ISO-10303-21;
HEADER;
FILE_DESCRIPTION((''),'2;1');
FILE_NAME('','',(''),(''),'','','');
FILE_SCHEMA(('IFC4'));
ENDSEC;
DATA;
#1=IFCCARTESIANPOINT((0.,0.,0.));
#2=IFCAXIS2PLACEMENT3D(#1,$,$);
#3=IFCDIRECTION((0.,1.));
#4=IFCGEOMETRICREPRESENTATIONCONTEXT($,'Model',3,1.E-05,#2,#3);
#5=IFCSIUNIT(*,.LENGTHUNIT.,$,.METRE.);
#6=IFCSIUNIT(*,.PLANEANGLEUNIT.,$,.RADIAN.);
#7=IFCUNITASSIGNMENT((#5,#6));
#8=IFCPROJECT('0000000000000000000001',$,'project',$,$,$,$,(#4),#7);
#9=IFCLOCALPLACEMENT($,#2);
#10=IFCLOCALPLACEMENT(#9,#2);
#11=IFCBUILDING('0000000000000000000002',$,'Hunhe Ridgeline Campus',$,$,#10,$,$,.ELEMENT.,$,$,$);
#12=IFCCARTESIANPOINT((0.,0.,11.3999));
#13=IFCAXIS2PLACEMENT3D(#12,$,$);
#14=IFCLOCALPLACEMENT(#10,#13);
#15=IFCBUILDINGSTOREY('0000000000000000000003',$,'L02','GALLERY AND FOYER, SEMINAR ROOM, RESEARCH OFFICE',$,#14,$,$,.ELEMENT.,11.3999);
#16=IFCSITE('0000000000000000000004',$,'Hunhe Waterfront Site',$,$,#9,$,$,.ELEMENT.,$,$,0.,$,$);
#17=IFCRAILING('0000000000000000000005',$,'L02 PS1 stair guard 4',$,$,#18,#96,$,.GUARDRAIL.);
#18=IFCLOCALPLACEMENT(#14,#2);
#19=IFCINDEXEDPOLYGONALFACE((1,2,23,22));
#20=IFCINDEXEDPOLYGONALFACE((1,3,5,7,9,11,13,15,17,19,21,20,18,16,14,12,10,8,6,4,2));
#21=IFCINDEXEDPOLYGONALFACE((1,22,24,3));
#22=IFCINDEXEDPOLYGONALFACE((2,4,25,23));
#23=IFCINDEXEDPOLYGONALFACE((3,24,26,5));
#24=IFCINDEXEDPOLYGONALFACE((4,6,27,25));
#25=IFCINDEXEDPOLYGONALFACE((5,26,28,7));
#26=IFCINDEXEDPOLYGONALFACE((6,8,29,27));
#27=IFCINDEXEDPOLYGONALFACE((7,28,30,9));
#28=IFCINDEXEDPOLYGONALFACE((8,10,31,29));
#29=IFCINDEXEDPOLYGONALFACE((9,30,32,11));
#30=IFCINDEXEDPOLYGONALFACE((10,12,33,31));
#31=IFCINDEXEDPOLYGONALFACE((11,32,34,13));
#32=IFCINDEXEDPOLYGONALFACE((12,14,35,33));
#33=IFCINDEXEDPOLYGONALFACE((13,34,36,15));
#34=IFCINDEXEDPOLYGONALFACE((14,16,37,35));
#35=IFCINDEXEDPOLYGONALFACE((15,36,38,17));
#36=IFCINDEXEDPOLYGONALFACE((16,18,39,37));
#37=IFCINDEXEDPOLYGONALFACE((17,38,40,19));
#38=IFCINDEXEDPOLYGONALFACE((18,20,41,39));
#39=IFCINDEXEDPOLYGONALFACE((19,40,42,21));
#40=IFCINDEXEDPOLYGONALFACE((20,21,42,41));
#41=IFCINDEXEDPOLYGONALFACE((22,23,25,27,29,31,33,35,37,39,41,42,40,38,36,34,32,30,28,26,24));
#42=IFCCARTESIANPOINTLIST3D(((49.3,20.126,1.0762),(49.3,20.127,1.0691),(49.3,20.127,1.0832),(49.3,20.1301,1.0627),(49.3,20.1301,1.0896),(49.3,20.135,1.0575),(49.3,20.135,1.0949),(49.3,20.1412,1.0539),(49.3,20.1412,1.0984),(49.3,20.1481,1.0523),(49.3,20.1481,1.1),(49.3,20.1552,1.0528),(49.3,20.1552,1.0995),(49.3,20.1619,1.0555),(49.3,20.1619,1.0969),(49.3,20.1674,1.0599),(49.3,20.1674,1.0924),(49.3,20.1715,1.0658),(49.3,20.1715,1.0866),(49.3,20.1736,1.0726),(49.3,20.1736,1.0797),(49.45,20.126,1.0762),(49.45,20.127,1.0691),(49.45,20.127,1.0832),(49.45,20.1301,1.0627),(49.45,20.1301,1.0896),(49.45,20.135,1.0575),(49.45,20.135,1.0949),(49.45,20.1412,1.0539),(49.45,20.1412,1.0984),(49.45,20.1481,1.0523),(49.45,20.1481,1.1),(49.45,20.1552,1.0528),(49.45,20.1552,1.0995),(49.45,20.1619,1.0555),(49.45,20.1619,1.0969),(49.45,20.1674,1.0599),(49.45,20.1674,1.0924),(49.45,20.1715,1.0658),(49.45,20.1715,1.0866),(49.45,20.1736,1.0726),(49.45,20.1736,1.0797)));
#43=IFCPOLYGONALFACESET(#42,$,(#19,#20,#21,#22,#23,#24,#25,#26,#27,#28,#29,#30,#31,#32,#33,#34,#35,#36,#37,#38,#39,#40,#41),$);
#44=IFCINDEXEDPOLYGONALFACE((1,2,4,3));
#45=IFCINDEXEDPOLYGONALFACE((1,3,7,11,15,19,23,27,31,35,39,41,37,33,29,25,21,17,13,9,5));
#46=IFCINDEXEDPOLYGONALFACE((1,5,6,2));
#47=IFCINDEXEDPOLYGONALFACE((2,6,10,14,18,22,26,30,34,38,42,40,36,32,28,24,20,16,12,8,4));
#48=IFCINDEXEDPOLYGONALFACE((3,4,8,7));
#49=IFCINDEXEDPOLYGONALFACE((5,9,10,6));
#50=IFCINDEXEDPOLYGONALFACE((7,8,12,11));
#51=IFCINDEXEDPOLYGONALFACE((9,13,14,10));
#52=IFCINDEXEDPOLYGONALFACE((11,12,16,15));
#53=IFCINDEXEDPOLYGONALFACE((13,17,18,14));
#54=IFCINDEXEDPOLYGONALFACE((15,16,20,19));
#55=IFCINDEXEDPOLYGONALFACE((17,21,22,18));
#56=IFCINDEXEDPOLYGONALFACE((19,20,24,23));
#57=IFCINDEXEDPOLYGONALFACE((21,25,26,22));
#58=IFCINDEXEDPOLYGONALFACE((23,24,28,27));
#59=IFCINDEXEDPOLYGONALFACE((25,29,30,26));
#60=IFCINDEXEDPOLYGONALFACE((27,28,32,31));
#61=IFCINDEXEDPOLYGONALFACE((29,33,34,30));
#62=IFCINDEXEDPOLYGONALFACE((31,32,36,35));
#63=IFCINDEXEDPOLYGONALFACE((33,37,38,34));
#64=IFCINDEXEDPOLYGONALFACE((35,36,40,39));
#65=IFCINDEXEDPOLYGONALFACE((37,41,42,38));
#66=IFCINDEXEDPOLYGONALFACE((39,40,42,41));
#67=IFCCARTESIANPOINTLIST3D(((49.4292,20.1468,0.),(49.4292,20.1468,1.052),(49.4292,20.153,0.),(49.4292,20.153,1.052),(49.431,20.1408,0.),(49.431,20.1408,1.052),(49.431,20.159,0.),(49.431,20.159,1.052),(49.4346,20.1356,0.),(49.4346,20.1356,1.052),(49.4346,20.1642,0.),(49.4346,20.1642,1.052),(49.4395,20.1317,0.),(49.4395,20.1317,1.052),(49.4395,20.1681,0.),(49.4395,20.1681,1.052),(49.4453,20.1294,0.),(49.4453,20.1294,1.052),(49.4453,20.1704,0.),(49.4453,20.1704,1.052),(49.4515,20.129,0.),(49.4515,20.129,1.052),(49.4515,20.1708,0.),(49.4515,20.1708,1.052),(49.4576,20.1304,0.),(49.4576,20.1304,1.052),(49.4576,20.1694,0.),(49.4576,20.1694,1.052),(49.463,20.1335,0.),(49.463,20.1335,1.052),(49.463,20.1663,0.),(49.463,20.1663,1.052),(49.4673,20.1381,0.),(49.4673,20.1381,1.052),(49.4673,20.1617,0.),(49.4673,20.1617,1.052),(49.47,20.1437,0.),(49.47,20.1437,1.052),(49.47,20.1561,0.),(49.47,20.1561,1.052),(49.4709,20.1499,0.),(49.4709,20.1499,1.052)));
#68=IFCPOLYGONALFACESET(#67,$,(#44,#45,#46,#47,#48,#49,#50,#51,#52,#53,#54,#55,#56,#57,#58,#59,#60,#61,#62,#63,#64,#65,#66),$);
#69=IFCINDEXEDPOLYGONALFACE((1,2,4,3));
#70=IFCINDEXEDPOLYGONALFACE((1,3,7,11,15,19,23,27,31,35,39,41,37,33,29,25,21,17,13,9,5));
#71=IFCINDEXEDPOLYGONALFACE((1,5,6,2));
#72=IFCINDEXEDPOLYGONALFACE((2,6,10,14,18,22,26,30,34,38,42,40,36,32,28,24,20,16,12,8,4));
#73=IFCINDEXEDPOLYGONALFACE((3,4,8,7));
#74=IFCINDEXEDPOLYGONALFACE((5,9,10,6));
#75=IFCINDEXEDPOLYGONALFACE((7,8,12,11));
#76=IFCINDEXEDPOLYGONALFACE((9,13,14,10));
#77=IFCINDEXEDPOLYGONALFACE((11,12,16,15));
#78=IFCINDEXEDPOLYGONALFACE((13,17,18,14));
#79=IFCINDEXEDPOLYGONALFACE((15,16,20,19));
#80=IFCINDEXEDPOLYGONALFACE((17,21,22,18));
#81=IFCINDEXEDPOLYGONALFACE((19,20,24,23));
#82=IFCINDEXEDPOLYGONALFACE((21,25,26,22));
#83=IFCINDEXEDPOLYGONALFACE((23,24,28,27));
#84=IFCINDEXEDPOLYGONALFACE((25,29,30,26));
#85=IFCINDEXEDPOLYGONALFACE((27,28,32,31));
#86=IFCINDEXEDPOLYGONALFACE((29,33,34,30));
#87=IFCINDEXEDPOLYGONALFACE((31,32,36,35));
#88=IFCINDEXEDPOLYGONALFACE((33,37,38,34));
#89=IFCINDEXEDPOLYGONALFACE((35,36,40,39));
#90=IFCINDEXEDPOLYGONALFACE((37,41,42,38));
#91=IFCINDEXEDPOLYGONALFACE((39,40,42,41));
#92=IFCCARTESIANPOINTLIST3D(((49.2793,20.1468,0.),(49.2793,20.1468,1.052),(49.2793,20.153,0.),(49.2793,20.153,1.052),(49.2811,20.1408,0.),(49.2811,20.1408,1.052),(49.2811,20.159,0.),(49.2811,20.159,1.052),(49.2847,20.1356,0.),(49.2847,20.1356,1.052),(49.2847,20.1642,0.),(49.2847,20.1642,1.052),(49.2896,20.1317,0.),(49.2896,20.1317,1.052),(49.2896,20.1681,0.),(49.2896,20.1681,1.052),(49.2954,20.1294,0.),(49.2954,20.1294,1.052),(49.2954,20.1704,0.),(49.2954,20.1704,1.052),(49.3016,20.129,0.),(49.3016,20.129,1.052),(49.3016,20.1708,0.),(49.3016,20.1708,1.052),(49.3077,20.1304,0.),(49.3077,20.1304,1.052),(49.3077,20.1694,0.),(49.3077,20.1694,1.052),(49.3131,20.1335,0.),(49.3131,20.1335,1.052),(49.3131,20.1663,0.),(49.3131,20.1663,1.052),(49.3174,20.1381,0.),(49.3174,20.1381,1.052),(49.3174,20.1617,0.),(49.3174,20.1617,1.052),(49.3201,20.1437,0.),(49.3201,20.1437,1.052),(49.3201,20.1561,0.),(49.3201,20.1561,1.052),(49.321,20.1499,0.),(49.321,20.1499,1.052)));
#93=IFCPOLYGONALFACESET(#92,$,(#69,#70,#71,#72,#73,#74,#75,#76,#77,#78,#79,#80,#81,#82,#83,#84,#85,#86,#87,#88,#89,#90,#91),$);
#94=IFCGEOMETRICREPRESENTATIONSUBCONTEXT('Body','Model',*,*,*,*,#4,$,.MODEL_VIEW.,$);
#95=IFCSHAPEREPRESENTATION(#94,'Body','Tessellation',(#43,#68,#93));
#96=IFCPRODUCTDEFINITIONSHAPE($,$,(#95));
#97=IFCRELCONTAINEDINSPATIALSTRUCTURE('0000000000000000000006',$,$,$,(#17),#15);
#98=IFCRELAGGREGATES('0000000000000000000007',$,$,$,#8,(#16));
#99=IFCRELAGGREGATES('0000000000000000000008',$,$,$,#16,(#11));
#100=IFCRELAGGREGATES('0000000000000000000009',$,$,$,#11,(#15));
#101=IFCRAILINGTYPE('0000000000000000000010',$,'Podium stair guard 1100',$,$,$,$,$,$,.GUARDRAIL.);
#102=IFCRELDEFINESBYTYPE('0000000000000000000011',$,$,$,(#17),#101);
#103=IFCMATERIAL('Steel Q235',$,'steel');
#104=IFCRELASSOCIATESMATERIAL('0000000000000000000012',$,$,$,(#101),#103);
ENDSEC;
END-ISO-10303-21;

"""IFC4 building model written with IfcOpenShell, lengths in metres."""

from ifc_helpers import new_model, si_unit, direction, frame, origin, origin_2d, place, context, subcontext, project, spatial, circle, extrude, material, type_object, element, save


model = new_model("IFC4")

# Units and contexts
model_context = context("Model", 3, precision=1e-05, world=origin(), true_north=direction((0.0, 1.0)))
body_context = subcontext(model_context, "Body", "Model", "MODEL_VIEW")
ifc_project = project(units=[si_unit("LENGTHUNIT", "METRE"), si_unit("PLANEANGLEUNIT", "RADIAN")], contexts=[model_context])

# Site, building, storey
site_placement = place(None, origin())
site = spatial("IfcSite", under=ifc_project, at=site_placement, Name="Hunhe Waterfront Site", CompositionType="ELEMENT", RefElevation=0.0)
building_placement = place(site_placement, origin())
building = spatial("IfcBuilding", under=site, at=building_placement, Name="Hunhe Ridgeline Campus", CompositionType="ELEMENT")
storey_placement = place(building_placement, frame((0.0, 0.0, 11.3999)))
storey = spatial("IfcBuildingStorey", under=building, at=storey_placement, Name="L02", Description="GALLERY AND FOYER, SEMINAR ROOM, RESEARCH OFFICE", CompositionType="ELEMENT", Elevation=11.3999)

# Shared definitions
ifc_material_1 = material(Name="Steel Q235", Category="steel")

# Railing
railing_type_1 = type_object("IfcRailingType", Name="Podium stair guard 1100", PredefinedType="GUARDRAIL", material=ifc_material_1)
railing_1_placement = place(storey_placement, frame((49.45, 20.1499, 0.0)))
element("IfcRailing", 1, at=railing_1_placement, inside=storey, type_object=railing_type_1, Name="L02 PS1 stair guard 4", PredefinedType="GUARDRAIL", context=body_context, shape_type="SweptSolid", body=[
    extrude(circle(Radius=0.0239, at=origin_2d()), frame((0.0, 0.0, 1.0762), z_axis=(-1.0, 0.0, 0.0), x_axis=(0.0, -1.0, 0.0)), (0.0, 0.0, 1.0), 0.1499),
    extrude(circle(Radius=0.021, at=origin_2d()), origin(), (0.0, 0.0, 1.0), 1.052),
    extrude(circle(Radius=0.021, at=origin_2d()), frame((-0.1499, 0.0, 0.0)), (0.0, 0.0, 1.0), 1.052),
])

save(model, "model.ifc")
